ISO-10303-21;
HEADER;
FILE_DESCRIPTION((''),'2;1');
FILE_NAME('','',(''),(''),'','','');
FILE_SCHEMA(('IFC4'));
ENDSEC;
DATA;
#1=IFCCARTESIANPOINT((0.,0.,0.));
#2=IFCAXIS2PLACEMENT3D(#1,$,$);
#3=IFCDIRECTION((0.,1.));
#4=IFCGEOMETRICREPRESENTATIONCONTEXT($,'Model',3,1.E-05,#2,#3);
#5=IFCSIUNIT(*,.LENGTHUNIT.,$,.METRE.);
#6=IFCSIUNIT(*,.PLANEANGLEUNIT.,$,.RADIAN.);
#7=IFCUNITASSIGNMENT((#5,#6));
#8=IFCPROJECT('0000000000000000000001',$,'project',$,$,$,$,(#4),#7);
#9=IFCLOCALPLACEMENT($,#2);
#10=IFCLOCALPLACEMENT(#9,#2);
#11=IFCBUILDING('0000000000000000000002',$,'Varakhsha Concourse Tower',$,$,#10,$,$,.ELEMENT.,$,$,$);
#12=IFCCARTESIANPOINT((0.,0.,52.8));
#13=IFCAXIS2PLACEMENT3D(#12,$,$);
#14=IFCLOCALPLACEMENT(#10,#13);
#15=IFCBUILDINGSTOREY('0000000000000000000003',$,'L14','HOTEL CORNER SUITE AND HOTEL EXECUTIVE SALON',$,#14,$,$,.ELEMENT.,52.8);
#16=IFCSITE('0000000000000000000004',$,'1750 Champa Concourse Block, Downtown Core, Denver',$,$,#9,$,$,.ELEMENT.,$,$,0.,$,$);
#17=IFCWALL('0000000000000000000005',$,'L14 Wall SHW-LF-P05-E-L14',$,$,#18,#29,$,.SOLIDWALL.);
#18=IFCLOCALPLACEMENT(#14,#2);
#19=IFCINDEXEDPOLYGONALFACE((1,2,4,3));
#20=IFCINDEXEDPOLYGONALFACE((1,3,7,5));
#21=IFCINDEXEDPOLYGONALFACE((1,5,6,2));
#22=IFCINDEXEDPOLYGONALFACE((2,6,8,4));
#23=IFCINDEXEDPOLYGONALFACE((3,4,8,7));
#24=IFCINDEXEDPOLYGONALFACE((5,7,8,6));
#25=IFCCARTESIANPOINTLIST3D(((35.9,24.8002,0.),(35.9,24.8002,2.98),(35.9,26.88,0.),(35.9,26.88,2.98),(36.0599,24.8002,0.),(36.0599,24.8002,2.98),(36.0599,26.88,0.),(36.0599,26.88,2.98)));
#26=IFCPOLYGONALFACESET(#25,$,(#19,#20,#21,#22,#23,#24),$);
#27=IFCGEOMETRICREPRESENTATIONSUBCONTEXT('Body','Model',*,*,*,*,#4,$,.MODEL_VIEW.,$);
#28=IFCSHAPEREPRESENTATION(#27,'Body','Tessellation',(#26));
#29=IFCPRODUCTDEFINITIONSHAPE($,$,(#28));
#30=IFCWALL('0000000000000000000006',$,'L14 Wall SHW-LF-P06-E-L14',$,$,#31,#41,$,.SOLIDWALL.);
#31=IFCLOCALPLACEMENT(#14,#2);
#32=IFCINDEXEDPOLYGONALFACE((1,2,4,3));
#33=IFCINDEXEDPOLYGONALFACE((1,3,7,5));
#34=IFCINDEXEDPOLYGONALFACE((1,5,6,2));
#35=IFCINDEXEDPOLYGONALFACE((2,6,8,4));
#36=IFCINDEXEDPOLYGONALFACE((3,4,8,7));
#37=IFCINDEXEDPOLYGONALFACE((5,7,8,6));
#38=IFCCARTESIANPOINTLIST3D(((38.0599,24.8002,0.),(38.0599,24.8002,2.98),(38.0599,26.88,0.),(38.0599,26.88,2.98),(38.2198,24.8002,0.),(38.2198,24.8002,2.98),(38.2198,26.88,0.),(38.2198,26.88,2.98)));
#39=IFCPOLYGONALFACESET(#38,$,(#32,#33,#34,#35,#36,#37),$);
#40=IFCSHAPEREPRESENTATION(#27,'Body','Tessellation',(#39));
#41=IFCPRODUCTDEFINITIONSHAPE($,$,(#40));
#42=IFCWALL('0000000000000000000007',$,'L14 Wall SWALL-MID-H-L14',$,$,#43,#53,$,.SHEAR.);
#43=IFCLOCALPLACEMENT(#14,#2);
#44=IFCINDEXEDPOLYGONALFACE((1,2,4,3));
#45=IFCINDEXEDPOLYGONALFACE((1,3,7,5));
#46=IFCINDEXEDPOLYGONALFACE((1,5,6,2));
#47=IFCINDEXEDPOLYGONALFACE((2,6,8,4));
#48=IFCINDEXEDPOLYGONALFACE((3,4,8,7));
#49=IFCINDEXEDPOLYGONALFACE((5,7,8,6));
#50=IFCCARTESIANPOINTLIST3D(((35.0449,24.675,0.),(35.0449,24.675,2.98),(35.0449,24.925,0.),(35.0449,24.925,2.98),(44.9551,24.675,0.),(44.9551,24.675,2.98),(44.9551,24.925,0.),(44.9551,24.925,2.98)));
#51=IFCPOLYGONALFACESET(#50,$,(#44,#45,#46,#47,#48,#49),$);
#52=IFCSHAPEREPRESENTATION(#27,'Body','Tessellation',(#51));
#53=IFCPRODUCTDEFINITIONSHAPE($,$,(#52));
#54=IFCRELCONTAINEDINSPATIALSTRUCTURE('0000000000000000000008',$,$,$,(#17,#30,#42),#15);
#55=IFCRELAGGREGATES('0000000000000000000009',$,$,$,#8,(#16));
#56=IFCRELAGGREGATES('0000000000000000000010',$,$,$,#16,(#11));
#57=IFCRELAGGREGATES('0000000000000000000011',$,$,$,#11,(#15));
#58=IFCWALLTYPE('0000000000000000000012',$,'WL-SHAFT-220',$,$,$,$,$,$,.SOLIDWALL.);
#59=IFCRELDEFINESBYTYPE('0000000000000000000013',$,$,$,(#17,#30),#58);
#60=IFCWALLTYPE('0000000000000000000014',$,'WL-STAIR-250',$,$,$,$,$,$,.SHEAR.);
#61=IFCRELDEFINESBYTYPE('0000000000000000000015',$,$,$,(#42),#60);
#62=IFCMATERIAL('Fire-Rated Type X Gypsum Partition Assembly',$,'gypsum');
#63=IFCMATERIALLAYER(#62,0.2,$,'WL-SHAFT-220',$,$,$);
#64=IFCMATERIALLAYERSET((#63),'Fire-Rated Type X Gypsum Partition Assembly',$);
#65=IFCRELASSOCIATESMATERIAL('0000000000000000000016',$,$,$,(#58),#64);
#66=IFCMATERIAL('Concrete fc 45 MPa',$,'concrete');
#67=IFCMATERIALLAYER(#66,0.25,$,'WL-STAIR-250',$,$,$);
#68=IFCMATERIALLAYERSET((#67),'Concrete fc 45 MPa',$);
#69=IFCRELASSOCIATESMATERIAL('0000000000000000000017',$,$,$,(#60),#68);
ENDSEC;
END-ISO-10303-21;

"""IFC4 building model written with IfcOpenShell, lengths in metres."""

from ifc_helpers import new_model, si_unit, direction, frame, frame_2d, origin, place, context, subcontext, project, spatial, rectangle, extrude, material, layer, layer_set, type_object, element, save


model = new_model("IFC4")

# Units and contexts
model_context = context("Model", 3, precision=1e-05, world=origin(), true_north=direction((0.0, 1.0)))
body_context = subcontext(model_context, "Body", "Model", "MODEL_VIEW")
ifc_project = project(units=[si_unit("LENGTHUNIT", "METRE"), si_unit("PLANEANGLEUNIT", "RADIAN")], contexts=[model_context])

# Site, building, storey
site_placement = place(None, origin())
site = spatial("IfcSite", under=ifc_project, at=site_placement, Name="1750 Champa Concourse Block, Downtown Core, Denver", CompositionType="ELEMENT", RefElevation=0.0)
building_placement = place(site_placement, origin())
building = spatial("IfcBuilding", under=site, at=building_placement, Name="Varakhsha Concourse Tower", CompositionType="ELEMENT")
storey_placement = place(building_placement, frame((0.0, 0.0, 52.8)))
storey = spatial("IfcBuildingStorey", under=building, at=storey_placement, Name="L14", Description="HOTEL CORNER SUITE AND HOTEL EXECUTIVE SALON", CompositionType="ELEMENT", Elevation=52.8)

# Shared definitions
ifc_material_1 = material(Name="Fire-Rated Type X Gypsum Partition Assembly", Category="gypsum")

# Shared definitions
ifc_layer_1 = layer(ifc_material_1, 0.2, Name="WL-SHAFT-220")
ifc_layer_set_1 = layer_set([ifc_layer_1], Name="Fire-Rated Type X Gypsum Partition Assembly")
wall_type_1 = type_object("IfcWallType", Name="WL-SHAFT-220", PredefinedType="SOLIDWALL", material=ifc_layer_set_1)

# Walls
for number, where, z_axis, x_axis, name in (
    (1, (35.98, 24.8, 0.0), (0.0, 0.0, 1.0), (0.0, 1.0, 0.0), "L14 Wall SHW-LF-P05-E-L14"),
    (2, (38.1399, 24.8, 0.0), (0.0, 0.0, 1.0), (0.0, 1.0, 0.0), "L14 Wall SHW-LF-P06-E-L14"),
):
    element("IfcWall", number, at=place(storey_placement, frame(where, z_axis=z_axis, x_axis=x_axis)), inside=storey, type_object=wall_type_1, Name=name, PredefinedType="SOLIDWALL", context=body_context, shape_type="SweptSolid", body=[
        extrude(rectangle(XDim=2.0798, YDim=0.1599, at=frame_2d((1.04, 0.0))), origin(), (0.0, 0.0, 1.0), 2.98),
    ])
ifc_material_2 = material(Name="Concrete fc 45 MPa", Category="concrete")
ifc_layer_2 = layer(ifc_material_2, 0.25, Name="WL-STAIR-250")
ifc_layer_set_2 = layer_set([ifc_layer_2], Name="Concrete fc 45 MPa")
wall_type_2 = type_object("IfcWallType", Name="WL-STAIR-250", PredefinedType="SHEAR", material=ifc_layer_set_2)
wall_1_placement = place(storey_placement, frame((35.0449, 24.8, 0.0), z_axis=(0.0, 0.0, 1.0), x_axis=(1.0, 0.0, 0.0)))
element("IfcWall", 3, at=wall_1_placement, inside=storey, type_object=wall_type_2, Name="L14 Wall SWALL-MID-H-L14", PredefinedType="SHEAR", context=body_context, shape_type="SweptSolid", body=[
    extrude(rectangle(XDim=9.9102, YDim=0.25, at=frame_2d((4.9551, 0.0))), origin(), (0.0, 0.0, 1.0), 2.98),
])

save(model, "model.ifc")
